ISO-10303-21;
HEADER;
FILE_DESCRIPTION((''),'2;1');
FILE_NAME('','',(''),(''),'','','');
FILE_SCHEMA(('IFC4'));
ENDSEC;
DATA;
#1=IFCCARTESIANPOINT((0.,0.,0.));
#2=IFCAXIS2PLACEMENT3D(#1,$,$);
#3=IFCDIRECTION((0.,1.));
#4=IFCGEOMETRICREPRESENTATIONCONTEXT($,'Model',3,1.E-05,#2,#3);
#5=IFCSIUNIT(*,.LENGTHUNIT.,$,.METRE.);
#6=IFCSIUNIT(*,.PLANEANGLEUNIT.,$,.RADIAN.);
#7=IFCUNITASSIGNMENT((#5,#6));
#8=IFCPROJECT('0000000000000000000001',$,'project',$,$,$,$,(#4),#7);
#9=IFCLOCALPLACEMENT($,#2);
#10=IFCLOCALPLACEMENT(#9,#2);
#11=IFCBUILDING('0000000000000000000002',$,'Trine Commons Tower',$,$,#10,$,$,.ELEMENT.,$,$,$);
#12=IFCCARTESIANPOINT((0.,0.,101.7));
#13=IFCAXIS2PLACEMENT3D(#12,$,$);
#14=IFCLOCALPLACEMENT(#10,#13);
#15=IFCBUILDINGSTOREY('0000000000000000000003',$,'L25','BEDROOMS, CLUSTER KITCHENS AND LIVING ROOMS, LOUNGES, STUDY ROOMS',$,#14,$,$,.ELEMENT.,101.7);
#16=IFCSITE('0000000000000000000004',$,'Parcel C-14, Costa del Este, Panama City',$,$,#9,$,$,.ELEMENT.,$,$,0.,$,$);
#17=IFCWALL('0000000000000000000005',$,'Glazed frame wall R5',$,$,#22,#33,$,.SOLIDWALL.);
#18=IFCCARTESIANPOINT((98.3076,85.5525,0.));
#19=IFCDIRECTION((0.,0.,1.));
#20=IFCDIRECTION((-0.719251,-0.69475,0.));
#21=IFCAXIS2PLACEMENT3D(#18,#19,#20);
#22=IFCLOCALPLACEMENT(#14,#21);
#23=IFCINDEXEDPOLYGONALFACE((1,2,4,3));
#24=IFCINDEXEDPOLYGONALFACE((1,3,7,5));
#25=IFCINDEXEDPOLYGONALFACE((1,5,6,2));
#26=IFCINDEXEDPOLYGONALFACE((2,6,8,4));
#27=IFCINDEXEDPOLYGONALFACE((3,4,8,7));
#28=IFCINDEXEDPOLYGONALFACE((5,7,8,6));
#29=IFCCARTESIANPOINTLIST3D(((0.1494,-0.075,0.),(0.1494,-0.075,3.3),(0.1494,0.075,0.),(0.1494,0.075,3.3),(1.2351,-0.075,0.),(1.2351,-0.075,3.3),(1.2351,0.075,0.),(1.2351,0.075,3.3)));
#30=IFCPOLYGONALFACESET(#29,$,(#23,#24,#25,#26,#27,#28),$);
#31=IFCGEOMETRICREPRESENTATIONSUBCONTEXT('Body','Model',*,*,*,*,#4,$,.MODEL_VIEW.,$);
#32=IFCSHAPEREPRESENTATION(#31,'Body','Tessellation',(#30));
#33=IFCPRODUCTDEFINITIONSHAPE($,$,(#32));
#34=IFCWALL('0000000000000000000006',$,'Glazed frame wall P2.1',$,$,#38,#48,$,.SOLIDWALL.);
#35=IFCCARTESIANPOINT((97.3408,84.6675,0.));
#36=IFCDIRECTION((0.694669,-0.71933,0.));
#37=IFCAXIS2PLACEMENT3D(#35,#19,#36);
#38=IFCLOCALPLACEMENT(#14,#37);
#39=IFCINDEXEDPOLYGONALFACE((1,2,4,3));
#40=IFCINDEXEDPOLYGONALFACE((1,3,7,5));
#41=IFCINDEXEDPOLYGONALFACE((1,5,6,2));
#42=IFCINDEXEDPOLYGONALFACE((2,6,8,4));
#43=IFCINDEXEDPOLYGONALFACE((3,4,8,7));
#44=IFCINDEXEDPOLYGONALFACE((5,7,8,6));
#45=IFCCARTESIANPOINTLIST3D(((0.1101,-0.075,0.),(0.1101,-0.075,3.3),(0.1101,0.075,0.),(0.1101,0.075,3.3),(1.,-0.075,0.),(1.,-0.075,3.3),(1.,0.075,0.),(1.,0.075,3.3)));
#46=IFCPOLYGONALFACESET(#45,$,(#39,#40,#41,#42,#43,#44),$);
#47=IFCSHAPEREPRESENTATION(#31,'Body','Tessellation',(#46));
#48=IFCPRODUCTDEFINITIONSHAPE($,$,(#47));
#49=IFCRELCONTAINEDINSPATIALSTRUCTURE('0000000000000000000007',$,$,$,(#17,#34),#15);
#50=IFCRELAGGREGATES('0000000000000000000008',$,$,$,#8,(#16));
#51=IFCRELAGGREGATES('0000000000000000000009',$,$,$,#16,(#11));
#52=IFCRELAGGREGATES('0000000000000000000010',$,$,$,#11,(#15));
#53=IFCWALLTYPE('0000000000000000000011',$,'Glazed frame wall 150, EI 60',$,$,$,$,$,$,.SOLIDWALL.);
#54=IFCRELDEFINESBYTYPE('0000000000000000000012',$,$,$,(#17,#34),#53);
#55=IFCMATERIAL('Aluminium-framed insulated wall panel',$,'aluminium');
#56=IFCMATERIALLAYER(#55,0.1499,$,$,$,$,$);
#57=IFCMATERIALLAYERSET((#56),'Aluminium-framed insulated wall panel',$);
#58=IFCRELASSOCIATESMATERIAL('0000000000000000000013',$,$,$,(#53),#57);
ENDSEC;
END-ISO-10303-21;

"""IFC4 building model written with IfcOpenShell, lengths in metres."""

from ifc_helpers import new_model, si_unit, direction, frame, origin, place, context, subcontext, project, spatial, polyline, outline, extrude, material, layer, layer_set, type_object, element, save


model = new_model("IFC4")

# Units and contexts
model_context = context("Model", 3, precision=1e-05, world=origin(), true_north=direction((0.0, 1.0)))
body_context = subcontext(model_context, "Body", "Model", "MODEL_VIEW")
ifc_project = project(units=[si_unit("LENGTHUNIT", "METRE"), si_unit("PLANEANGLEUNIT", "RADIAN")], contexts=[model_context])

# Site, building, storey
site_placement = place(None, origin())
site = spatial("IfcSite", under=ifc_project, at=site_placement, Name="Parcel C-14, Costa del Este, Panama City", CompositionType="ELEMENT", RefElevation=0.0)
building_placement = place(site_placement, origin())
building = spatial("IfcBuilding", under=site, at=building_placement, Name="Trine Commons Tower", CompositionType="ELEMENT")
storey_placement = place(building_placement, frame((0.0, 0.0, 101.7)))
storey = spatial("IfcBuildingStorey", under=building, at=storey_placement, Name="L25", Description="BEDROOMS, CLUSTER KITCHENS AND LIVING ROOMS, LOUNGES, STUDY ROOMS", CompositionType="ELEMENT", Elevation=101.7)

# Walls
ifc_material_1 = material(Name="Aluminium-framed insulated wall panel", Category="aluminium")
ifc_layer_1 = layer(ifc_material_1, 0.1499)
ifc_layer_set_1 = layer_set([ifc_layer_1], Name="Aluminium-framed insulated wall panel")
wall_type_1 = type_object("IfcWallType", Name="Glazed frame wall 150, EI 60", PredefinedType="SOLIDWALL", material=ifc_layer_set_1)
wall_1_placement = place(storey_placement, frame((98.3076, 85.5525, 0.0), z_axis=(0.0, 0.0, 1.0), x_axis=(-0.719251, -0.69475, 0.0)))
element("IfcWall", 1, at=wall_1_placement, inside=storey, type_object=wall_type_1, Name="Glazed frame wall R5", PredefinedType="SOLIDWALL", context=body_context, shape_type="SweptSolid", body=[
    extrude(outline(polyline([(0.1494, 0.075), (0.1494, -0.075), (1.2351, -0.075), (1.2351, 0.075), (0.1494, 0.075)])), origin(), (0.0, 0.0, 1.0), 3.3),
])
wall_2_placement = place(storey_placement, frame((97.3408, 84.6675, 0.0), z_axis=(0.0, 0.0, 1.0), x_axis=(0.694669, -0.71933, 0.0)))
element("IfcWall", 2, at=wall_2_placement, inside=storey, type_object=wall_type_1, Name="Glazed frame wall P2.1", PredefinedType="SOLIDWALL", context=body_context, shape_type="SweptSolid", body=[
    extrude(outline(polyline([(0.1101, -0.075), (1.0, -0.075), (1.0, 0.075), (0.1101, 0.075), (0.1101, -0.075)])), origin(), (0.0, 0.0, 1.0), 3.3),
])

save(model, "model.ifc")
